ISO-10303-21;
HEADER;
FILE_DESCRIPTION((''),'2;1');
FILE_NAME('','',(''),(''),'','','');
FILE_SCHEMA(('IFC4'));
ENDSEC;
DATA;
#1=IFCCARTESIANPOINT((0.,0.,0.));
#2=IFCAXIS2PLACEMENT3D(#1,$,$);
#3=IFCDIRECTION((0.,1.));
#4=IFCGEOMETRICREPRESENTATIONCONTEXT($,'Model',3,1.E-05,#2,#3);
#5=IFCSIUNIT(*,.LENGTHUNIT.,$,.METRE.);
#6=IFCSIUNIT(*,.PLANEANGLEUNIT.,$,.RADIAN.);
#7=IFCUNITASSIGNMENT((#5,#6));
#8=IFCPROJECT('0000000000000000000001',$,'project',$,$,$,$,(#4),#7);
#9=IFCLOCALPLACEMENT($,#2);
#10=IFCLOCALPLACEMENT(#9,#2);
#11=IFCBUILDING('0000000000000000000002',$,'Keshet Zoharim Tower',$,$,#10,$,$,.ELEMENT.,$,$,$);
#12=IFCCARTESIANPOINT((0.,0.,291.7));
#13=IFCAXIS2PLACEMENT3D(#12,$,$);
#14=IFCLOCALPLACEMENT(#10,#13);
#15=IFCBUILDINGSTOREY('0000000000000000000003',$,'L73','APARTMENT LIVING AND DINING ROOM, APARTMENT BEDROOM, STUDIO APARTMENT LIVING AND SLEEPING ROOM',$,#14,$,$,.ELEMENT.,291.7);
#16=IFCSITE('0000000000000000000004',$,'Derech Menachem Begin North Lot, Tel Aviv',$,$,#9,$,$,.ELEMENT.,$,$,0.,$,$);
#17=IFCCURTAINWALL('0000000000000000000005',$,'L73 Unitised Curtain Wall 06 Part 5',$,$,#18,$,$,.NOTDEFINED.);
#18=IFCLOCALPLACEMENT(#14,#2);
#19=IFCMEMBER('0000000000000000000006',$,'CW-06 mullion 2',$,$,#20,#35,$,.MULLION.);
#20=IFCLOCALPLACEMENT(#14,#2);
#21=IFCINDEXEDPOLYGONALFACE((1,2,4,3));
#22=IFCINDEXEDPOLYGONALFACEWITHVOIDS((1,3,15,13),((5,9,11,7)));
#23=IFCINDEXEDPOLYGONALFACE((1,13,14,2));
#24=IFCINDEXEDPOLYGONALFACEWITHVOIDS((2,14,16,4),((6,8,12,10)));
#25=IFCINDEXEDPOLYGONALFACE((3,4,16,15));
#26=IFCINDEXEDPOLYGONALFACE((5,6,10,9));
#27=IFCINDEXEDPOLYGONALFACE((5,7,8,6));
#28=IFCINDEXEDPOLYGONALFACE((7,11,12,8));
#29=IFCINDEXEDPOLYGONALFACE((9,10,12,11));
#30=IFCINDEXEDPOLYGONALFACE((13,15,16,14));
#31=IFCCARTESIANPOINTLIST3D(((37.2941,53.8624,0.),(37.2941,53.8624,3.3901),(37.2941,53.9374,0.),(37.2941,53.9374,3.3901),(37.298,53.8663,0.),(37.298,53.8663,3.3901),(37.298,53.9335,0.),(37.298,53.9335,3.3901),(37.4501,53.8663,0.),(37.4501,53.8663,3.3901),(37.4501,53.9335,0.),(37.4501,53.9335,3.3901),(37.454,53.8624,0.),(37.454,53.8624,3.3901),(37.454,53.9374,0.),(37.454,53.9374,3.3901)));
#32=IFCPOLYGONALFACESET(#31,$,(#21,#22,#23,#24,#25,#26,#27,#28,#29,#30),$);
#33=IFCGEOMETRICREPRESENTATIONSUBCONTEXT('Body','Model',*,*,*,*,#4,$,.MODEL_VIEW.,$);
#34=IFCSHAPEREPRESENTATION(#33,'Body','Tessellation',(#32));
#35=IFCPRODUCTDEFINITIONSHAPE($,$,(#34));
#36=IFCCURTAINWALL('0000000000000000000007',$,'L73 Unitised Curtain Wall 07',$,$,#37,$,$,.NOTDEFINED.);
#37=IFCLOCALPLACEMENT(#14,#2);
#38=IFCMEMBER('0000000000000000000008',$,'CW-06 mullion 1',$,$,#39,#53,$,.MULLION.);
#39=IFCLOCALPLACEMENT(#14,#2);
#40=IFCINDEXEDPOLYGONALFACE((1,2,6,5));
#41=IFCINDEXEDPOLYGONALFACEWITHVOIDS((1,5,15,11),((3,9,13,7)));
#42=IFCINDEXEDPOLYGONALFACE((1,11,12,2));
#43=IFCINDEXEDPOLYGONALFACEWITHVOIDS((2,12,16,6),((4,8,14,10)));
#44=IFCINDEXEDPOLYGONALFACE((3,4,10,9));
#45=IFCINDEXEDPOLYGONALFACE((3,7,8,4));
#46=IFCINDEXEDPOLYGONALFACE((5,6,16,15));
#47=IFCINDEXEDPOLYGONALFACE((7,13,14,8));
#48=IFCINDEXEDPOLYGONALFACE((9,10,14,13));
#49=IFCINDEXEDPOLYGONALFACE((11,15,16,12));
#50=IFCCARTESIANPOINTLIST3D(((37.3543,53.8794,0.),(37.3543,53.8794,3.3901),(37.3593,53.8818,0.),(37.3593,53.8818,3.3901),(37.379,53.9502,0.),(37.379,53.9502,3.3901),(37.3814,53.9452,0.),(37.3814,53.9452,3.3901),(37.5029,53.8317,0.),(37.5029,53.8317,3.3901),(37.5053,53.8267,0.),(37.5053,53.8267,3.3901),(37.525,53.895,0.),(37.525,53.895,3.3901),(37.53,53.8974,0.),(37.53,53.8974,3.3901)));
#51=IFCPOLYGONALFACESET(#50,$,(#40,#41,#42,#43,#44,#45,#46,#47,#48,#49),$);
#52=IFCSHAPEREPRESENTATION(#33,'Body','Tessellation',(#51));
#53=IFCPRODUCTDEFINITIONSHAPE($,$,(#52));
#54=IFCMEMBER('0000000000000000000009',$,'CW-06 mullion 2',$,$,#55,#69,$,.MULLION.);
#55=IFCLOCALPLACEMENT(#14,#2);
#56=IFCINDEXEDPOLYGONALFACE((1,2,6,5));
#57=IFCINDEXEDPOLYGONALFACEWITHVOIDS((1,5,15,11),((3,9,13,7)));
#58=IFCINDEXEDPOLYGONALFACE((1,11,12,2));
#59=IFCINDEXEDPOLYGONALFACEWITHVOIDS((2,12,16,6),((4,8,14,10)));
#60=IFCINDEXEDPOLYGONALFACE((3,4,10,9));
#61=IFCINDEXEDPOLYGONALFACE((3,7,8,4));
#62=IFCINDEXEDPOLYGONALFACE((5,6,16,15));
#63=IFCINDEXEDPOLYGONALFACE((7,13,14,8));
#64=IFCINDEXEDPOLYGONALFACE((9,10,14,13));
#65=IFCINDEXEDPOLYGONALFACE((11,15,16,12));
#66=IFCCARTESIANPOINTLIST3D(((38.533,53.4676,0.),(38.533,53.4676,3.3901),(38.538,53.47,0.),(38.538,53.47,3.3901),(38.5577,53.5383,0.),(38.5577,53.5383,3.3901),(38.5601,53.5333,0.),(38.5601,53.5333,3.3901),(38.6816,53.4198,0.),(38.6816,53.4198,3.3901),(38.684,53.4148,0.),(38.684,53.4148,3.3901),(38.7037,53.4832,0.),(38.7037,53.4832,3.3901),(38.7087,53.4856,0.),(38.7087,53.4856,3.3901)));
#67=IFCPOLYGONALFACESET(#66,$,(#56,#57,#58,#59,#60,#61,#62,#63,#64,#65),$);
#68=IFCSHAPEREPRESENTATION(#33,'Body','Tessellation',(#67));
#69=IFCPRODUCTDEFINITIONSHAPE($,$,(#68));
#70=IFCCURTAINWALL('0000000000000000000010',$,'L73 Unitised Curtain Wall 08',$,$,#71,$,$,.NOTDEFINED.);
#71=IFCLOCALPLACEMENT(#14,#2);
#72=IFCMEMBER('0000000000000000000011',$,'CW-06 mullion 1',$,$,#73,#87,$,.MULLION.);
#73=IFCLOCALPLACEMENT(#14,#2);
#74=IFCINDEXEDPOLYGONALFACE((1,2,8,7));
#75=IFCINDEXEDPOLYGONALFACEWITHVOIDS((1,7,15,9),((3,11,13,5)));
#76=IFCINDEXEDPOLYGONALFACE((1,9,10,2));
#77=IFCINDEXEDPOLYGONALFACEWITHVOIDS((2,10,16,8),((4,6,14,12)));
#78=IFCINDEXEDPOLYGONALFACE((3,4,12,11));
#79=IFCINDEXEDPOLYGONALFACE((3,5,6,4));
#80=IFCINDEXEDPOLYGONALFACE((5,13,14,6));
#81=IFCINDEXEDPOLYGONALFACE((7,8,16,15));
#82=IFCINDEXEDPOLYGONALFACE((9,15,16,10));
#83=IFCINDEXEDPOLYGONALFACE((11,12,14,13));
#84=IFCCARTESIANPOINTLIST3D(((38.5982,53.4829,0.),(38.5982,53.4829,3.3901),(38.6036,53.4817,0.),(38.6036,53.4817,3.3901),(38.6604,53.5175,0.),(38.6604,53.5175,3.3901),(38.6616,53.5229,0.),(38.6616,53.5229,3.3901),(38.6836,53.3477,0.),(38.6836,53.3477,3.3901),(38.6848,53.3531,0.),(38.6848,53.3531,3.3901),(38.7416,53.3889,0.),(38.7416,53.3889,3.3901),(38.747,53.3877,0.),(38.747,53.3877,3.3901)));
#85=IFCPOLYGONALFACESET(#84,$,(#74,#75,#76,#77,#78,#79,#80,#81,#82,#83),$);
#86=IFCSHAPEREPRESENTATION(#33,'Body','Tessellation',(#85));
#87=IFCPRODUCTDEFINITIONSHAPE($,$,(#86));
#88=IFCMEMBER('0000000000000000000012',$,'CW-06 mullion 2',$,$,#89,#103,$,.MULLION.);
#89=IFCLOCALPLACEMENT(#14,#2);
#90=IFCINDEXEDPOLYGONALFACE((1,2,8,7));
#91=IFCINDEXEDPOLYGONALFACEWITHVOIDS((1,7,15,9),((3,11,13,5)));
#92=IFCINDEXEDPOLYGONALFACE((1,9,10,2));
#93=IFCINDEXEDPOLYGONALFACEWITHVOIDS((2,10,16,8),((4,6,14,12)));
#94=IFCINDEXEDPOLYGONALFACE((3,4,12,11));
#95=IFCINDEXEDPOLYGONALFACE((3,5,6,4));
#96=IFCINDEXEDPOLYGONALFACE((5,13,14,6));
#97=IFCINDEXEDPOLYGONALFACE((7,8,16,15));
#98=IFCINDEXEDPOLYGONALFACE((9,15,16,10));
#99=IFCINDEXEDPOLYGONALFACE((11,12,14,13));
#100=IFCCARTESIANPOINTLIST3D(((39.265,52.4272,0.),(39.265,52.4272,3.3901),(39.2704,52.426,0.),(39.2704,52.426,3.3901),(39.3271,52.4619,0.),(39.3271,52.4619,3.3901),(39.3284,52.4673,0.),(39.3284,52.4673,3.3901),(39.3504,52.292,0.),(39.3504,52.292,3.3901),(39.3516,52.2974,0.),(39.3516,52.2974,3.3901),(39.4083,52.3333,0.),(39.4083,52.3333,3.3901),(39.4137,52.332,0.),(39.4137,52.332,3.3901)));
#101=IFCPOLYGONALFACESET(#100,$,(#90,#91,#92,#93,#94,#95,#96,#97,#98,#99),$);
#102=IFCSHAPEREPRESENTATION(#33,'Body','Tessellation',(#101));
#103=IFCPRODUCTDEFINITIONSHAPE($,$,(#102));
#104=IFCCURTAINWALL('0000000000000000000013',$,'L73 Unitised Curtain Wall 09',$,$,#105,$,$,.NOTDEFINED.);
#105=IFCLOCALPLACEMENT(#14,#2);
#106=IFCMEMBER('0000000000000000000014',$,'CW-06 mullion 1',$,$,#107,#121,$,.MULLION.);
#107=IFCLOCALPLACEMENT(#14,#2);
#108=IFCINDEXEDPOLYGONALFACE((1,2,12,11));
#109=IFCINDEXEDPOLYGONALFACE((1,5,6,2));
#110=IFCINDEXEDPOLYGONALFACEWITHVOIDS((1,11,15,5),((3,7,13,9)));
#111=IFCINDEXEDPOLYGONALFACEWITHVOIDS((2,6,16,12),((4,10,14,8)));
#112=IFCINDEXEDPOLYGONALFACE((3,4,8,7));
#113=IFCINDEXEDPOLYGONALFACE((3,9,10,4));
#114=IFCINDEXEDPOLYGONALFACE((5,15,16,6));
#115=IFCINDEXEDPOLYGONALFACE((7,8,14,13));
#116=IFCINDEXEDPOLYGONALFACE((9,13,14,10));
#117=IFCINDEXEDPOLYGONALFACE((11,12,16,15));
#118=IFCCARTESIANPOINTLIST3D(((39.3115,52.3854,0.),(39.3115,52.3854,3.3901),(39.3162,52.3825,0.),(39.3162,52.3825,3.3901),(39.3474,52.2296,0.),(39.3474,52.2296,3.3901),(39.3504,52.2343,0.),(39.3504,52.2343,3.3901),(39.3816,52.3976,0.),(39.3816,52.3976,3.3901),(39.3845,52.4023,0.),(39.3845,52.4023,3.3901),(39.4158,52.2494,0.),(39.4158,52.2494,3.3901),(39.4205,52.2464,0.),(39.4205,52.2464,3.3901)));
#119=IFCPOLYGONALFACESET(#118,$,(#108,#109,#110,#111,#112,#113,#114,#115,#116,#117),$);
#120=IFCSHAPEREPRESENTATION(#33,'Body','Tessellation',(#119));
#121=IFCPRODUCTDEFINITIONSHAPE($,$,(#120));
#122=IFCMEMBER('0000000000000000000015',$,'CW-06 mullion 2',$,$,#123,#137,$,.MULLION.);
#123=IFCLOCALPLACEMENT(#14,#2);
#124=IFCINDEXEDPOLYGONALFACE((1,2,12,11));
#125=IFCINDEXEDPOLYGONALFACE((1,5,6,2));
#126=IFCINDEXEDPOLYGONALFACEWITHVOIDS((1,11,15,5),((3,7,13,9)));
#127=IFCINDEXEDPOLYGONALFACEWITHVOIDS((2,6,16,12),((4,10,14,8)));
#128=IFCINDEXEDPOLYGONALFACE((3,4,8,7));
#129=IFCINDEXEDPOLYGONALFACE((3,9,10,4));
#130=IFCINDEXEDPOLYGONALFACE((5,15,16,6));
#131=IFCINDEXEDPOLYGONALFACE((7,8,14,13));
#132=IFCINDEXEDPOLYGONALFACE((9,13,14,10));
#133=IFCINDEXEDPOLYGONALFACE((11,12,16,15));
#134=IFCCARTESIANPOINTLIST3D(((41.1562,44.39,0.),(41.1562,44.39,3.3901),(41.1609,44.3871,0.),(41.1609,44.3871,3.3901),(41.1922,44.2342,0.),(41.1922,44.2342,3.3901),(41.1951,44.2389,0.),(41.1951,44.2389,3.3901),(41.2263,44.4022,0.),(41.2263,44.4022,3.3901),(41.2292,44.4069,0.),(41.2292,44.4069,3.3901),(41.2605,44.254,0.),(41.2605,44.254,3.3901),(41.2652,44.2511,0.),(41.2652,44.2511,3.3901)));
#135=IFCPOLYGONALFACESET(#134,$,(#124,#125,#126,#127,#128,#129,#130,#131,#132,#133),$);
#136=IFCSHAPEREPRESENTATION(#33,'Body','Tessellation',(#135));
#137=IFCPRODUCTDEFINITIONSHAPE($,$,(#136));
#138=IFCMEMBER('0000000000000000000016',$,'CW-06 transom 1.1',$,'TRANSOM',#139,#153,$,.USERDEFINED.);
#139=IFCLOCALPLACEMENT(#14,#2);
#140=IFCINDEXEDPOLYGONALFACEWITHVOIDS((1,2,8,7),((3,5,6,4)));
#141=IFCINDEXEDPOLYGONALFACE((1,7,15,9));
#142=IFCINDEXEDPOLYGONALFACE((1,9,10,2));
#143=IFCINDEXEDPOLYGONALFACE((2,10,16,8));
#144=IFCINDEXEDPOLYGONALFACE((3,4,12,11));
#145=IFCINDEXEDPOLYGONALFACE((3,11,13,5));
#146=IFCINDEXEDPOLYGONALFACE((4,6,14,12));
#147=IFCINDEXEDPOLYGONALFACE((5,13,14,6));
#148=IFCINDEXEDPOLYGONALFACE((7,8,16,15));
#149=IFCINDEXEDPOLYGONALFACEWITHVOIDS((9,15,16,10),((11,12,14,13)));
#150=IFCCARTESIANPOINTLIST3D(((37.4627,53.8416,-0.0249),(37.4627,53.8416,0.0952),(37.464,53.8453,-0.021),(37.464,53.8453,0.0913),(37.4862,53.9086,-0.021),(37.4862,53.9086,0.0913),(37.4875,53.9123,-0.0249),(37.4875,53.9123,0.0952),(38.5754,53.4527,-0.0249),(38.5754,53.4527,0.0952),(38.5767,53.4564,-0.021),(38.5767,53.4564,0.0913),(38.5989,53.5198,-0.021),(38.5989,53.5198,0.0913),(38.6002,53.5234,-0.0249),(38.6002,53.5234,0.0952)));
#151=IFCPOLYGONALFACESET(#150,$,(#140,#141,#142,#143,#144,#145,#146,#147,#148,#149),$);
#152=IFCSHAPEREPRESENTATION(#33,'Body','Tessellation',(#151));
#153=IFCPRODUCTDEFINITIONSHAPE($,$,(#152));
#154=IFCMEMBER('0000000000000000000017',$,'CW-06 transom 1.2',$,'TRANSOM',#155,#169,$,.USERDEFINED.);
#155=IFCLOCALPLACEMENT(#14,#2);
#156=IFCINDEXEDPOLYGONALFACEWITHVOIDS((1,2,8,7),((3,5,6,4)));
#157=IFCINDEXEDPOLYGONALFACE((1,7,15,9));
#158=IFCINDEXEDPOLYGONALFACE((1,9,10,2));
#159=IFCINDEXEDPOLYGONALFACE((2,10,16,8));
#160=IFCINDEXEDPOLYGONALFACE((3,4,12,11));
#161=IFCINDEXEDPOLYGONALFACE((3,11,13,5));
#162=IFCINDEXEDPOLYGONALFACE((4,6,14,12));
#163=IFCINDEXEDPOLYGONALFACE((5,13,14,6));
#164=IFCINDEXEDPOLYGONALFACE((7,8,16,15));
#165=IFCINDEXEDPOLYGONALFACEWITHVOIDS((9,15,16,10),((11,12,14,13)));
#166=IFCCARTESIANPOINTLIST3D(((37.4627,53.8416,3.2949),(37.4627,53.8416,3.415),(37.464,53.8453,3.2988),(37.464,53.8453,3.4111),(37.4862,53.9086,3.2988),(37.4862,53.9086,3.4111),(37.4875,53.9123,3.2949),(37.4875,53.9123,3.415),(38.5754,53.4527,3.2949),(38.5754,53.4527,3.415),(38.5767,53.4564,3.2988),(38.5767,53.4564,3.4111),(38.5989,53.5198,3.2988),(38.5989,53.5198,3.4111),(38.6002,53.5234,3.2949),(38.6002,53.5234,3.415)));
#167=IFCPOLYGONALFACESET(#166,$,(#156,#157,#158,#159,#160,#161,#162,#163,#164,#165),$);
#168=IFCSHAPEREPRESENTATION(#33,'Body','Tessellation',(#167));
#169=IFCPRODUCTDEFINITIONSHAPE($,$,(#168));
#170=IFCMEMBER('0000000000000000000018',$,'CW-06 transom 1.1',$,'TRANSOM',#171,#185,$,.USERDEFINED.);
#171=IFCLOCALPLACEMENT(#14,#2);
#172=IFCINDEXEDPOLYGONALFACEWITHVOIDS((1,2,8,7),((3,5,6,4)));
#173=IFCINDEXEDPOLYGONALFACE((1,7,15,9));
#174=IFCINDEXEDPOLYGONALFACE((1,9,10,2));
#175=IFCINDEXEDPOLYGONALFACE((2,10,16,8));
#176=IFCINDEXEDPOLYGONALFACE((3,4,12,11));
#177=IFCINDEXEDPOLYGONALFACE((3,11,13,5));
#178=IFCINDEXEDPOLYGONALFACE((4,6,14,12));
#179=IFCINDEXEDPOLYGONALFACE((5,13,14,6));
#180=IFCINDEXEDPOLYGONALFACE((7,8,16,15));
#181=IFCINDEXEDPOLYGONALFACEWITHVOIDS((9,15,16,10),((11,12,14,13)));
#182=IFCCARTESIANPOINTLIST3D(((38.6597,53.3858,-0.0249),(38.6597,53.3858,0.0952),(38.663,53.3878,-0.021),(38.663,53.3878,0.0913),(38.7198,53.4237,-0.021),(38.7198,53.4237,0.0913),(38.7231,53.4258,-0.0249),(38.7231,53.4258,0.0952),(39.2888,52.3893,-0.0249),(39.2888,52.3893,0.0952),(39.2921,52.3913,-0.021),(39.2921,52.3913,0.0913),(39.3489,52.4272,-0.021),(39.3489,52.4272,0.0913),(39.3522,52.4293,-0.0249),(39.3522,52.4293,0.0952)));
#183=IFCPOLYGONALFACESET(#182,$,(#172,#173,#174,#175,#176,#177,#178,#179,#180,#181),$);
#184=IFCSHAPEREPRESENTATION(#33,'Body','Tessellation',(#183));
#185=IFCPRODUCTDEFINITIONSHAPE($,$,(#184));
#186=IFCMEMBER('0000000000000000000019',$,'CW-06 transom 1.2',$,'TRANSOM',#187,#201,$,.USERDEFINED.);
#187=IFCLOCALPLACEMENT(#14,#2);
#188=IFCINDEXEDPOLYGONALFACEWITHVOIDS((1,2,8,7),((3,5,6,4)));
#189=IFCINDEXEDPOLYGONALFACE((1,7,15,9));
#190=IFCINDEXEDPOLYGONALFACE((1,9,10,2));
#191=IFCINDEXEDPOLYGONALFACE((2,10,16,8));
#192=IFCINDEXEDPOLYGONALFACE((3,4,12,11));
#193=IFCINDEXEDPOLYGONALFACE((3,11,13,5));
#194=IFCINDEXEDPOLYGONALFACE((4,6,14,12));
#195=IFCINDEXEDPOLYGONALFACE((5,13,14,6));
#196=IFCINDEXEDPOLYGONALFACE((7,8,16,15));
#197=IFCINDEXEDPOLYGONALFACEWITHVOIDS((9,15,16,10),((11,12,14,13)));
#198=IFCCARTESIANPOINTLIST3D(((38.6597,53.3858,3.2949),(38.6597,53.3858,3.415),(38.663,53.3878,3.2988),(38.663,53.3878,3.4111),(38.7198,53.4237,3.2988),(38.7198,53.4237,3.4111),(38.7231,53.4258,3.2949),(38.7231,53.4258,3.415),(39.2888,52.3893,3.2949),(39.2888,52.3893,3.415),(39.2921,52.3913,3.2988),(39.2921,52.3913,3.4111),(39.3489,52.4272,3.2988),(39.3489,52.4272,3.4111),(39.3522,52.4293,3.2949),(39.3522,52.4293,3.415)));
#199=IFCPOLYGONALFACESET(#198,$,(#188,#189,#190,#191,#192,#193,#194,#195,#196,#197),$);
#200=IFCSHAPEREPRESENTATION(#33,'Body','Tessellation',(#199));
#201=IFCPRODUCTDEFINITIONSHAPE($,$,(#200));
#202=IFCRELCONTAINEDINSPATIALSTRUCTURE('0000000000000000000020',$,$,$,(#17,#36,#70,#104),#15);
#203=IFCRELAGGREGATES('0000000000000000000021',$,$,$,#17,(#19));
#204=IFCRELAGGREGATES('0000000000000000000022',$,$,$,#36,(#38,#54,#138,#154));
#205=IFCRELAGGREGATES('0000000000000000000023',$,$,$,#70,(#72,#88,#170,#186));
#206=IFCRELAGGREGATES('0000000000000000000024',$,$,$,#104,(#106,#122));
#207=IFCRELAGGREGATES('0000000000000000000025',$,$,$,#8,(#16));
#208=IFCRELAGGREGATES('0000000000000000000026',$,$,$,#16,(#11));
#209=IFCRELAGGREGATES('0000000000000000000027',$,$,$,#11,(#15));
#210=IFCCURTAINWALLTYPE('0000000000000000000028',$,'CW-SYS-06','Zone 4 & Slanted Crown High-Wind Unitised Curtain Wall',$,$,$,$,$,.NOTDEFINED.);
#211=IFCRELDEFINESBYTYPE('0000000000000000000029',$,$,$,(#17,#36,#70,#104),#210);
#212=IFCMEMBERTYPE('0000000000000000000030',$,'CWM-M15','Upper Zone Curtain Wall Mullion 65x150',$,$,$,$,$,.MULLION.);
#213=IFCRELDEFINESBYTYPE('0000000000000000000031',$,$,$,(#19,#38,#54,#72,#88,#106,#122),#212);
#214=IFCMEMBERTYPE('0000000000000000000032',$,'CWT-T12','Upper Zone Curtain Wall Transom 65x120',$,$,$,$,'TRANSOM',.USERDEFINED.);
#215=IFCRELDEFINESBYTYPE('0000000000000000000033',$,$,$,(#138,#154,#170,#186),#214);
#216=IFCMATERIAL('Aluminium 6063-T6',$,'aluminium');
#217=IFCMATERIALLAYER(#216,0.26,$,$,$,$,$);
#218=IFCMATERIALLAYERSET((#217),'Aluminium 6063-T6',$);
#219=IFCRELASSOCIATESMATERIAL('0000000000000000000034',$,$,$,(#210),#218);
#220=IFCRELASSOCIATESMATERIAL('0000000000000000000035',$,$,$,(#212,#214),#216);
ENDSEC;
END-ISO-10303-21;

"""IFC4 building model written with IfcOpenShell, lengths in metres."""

from ifc_helpers import new_model, si_unit, direction, frame, origin, origin_2d, place, context, subcontext, project, spatial, hollow_rectangle, extrude, material, layer, layer_set, material_profile, profile_set, type_object, element, aggregate, save


model = new_model("IFC4")

# Units and contexts
model_context = context("Model", 3, precision=1e-05, world=origin(), true_north=direction((0.0, 1.0)))
body_context = subcontext(model_context, "Body", "Model", "MODEL_VIEW")
ifc_project = project(units=[si_unit("LENGTHUNIT", "METRE"), si_unit("PLANEANGLEUNIT", "RADIAN")], contexts=[model_context])

# Site, building, storey
site_placement = place(None, origin())
site = spatial("IfcSite", under=ifc_project, at=site_placement, Name="Derech Menachem Begin North Lot, Tel Aviv", CompositionType="ELEMENT", RefElevation=0.0)
building_placement = place(site_placement, origin())
building = spatial("IfcBuilding", under=site, at=building_placement, Name="Keshet Zoharim Tower", CompositionType="ELEMENT")
storey_placement = place(building_placement, frame((0.0, 0.0, 291.7)))
storey = spatial("IfcBuildingStorey", under=building, at=storey_placement, Name="L73", Description="APARTMENT LIVING AND DINING ROOM, APARTMENT BEDROOM, STUDIO APARTMENT LIVING AND SLEEPING ROOM", CompositionType="ELEMENT", Elevation=291.7)

# Curtain wall, member
ifc_material_1 = material(Name="Aluminium 6063-T6", Category="aluminium")
ifc_layer_1 = layer(ifc_material_1, 0.26)
ifc_layer_set_1 = layer_set([ifc_layer_1], Name="Aluminium 6063-T6")
curtain_wall_type = type_object("IfcCurtainWallType", Name="CW-SYS-06", Description="Zone 4 & Slanted Crown High-Wind Unitised Curtain Wall", PredefinedType="NOTDEFINED", material=ifc_layer_set_1)
curtain_wall_1_placement = place(storey_placement, origin())
curtain_wall_1 = element("IfcCurtainWall", 1, at=curtain_wall_1_placement, inside=storey, type_object=curtain_wall_type, Name="L73 Unitised Curtain Wall 06 Part 5", PredefinedType="NOTDEFINED")
ifc_material_profile_1 = material_profile(ifc_material_1, hollow_rectangle(XDim=0.075, YDim=0.1599, WallThickness=0.0039, at=origin_2d()), Name="MUL-75x160")
ifc_profile_set_1 = profile_set([ifc_material_profile_1], Name="Aluminium 6063-T6")
member_type_1 = type_object("IfcMemberType", Name="CWM-M15", Description="Upper Zone Curtain Wall Mullion 65x150", PredefinedType="MULLION", material=ifc_profile_set_1)
member_1_placement = place(storey_placement, frame((37.374, 53.8999, 0.0), z_axis=(0.0, 0.0, 1.0), x_axis=(0.0, 1.0, 0.0)))
member_1 = element("IfcMember", 2, at=member_1_placement, type_object=member_type_1, Name="CW-06 mullion 2", PredefinedType="MULLION", context=body_context, shape_type="SweptSolid", body=[
    extrude(hollow_rectangle(XDim=0.075, YDim=0.1599, WallThickness=0.0039, at=origin_2d()), origin(), (0.0, 0.0, 1.0), 3.3901),
])
aggregate(curtain_wall_1, [member_1])

# Curtain walls, members
curtain_wall_2_placement = place(storey_placement, origin())
curtain_wall_2 = element("IfcCurtainWall", 3, at=curtain_wall_2_placement, inside=storey, type_object=curtain_wall_type, Name="L73 Unitised Curtain Wall 07", PredefinedType="NOTDEFINED")
member_2_placement = place(storey_placement, frame((37.4421, 53.8884, 0.0), z_axis=(0.0, 0.0, 1.0), x_axis=(0.329844, 0.944036, 0.0)))
member_2 = element("IfcMember", 4, at=member_2_placement, type_object=member_type_1, Name="CW-06 mullion 1", PredefinedType="MULLION", context=body_context, shape_type="SweptSolid", body=[
    extrude(hollow_rectangle(XDim=0.075, YDim=0.1599, WallThickness=0.0039, at=origin_2d()), origin(), (0.0, 0.0, 1.0), 3.3901),
])
member_3_placement = place(storey_placement, frame((38.6208, 53.4766, 0.0), z_axis=(0.0, 0.0, 1.0), x_axis=(0.329844, 0.944036, 0.0)))
member_3 = element("IfcMember", 5, at=member_3_placement, type_object=member_type_1, Name="CW-06 mullion 2", PredefinedType="MULLION", context=body_context, shape_type="SweptSolid", body=[
    extrude(hollow_rectangle(XDim=0.075, YDim=0.1599, WallThickness=0.0039, at=origin_2d()), origin(), (0.0, 0.0, 1.0), 3.3901),
])
curtain_wall_3_placement = place(storey_placement, origin())
curtain_wall_3 = element("IfcCurtainWall", 6, at=curtain_wall_3_placement, inside=storey, type_object=curtain_wall_type, Name="L73 Unitised Curtain Wall 08", PredefinedType="NOTDEFINED")
member_4_placement = place(storey_placement, frame((38.6726, 53.4353, 0.0), z_axis=(0.0, 0.0, 1.0), x_axis=(0.845561, 0.533879, 0.0)))
member_4 = element("IfcMember", 7, at=member_4_placement, type_object=member_type_1, Name="CW-06 mullion 1", PredefinedType="MULLION", context=body_context, shape_type="SweptSolid", body=[
    extrude(hollow_rectangle(XDim=0.075, YDim=0.1599, WallThickness=0.0039, at=origin_2d()), origin(), (0.0, 0.0, 1.0), 3.3901),
])
member_5_placement = place(storey_placement, frame((39.3394, 52.3796, 0.0), z_axis=(0.0, 0.0, 1.0), x_axis=(0.845561, 0.533879, 0.0)))
member_5 = element("IfcMember", 8, at=member_5_placement, type_object=member_type_1, Name="CW-06 mullion 2", PredefinedType="MULLION", context=body_context, shape_type="SweptSolid", body=[
    extrude(hollow_rectangle(XDim=0.075, YDim=0.1599, WallThickness=0.0039, at=origin_2d()), origin(), (0.0, 0.0, 1.0), 3.3901),
])
curtain_wall_4_placement = place(storey_placement, origin())
curtain_wall_4 = element("IfcCurtainWall", 9, at=curtain_wall_4_placement, inside=storey, type_object=curtain_wall_type, Name="L73 Unitised Curtain Wall 09", PredefinedType="NOTDEFINED")
member_6_placement = place(storey_placement, frame((39.366, 52.3159, 0.0), z_axis=(0.0, 0.0, 1.0), x_axis=(0.974398, 0.22483, 0.0)))
member_6 = element("IfcMember", 10, at=member_6_placement, type_object=member_type_1, Name="CW-06 mullion 1", PredefinedType="MULLION", context=body_context, shape_type="SweptSolid", body=[
    extrude(hollow_rectangle(XDim=0.075, YDim=0.1599, WallThickness=0.0039, at=origin_2d()), origin(), (0.0, 0.0, 1.0), 3.3901),
])
member_7_placement = place(storey_placement, frame((41.2107, 44.3206, 0.0), z_axis=(0.0, 0.0, 1.0), x_axis=(0.974398, 0.22483, 0.0)))
member_7 = element("IfcMember", 11, at=member_7_placement, type_object=member_type_1, Name="CW-06 mullion 2", PredefinedType="MULLION", context=body_context, shape_type="SweptSolid", body=[
    extrude(hollow_rectangle(XDim=0.075, YDim=0.1599, WallThickness=0.0039, at=origin_2d()), origin(), (0.0, 0.0, 1.0), 3.3901),
])

# Members
ifc_material_profile_2 = material_profile(ifc_material_1, hollow_rectangle(XDim=0.075, YDim=0.1201, WallThickness=0.0039, at=origin_2d()), Name="TRN-75x120")
ifc_profile_set_2 = profile_set([ifc_material_profile_2], Name="Aluminium 6063-T6")
member_type_2 = type_object("IfcMemberType", Name="CWT-T12", Description="Upper Zone Curtain Wall Transom 65x120", ElementType="TRANSOM", PredefinedType="USERDEFINED", material=ifc_profile_set_2)
member_8_placement = place(storey_placement, frame((37.4751, 53.877, 0.0352), z_axis=(0.944007, -0.329926, 0.0), x_axis=(0.329926, 0.944007, 0.0)))
member_8 = element("IfcMember", 12, at=member_8_placement, type_object=member_type_2, Name="CW-06 transom 1.1", ObjectType="TRANSOM", PredefinedType="USERDEFINED", context=body_context, shape_type="SweptSolid", body=[
    extrude(hollow_rectangle(XDim=0.075, YDim=0.1201, WallThickness=0.0039, at=origin_2d()), origin(), (0.0, 0.0, 1.0), 1.1787),
])
member_9_placement = place(storey_placement, frame((37.4751, 53.877, 3.355), z_axis=(0.944007, -0.329926, 0.0), x_axis=(0.329926, 0.944007, 0.0)))
member_9 = element("IfcMember", 13, at=member_9_placement, type_object=member_type_2, Name="CW-06 transom 1.2", ObjectType="TRANSOM", PredefinedType="USERDEFINED", context=body_context, shape_type="SweptSolid", body=[
    extrude(hollow_rectangle(XDim=0.075, YDim=0.1201, WallThickness=0.0039, at=origin_2d()), origin(), (0.0, 0.0, 1.0), 1.1787),
])
member_10_placement = place(storey_placement, frame((38.6914, 53.4058, 0.0352), z_axis=(0.533829, -0.845592, 0.0), x_axis=(0.845592, 0.533829, 0.0)))
member_10 = element("IfcMember", 14, at=member_10_placement, type_object=member_type_2, Name="CW-06 transom 1.1", ObjectType="TRANSOM", PredefinedType="USERDEFINED", context=body_context, shape_type="SweptSolid", body=[
    extrude(hollow_rectangle(XDim=0.075, YDim=0.1201, WallThickness=0.0039, at=origin_2d()), origin(), (0.0, 0.0, 1.0), 1.1785),
])
member_11_placement = place(storey_placement, frame((38.6914, 53.4058, 3.355), z_axis=(0.533829, -0.845592, 0.0), x_axis=(0.845592, 0.533829, 0.0)))
member_11 = element("IfcMember", 15, at=member_11_placement, type_object=member_type_2, Name="CW-06 transom 1.2", ObjectType="TRANSOM", PredefinedType="USERDEFINED", context=body_context, shape_type="SweptSolid", body=[
    extrude(hollow_rectangle(XDim=0.075, YDim=0.1201, WallThickness=0.0039, at=origin_2d()), origin(), (0.0, 0.0, 1.0), 1.1785),
])

aggregate(curtain_wall_2, [member_2, member_3, member_8, member_9])
aggregate(curtain_wall_3, [member_4, member_5, member_10, member_11])
aggregate(curtain_wall_4, [member_6, member_7])

save(model, "model.ifc")
